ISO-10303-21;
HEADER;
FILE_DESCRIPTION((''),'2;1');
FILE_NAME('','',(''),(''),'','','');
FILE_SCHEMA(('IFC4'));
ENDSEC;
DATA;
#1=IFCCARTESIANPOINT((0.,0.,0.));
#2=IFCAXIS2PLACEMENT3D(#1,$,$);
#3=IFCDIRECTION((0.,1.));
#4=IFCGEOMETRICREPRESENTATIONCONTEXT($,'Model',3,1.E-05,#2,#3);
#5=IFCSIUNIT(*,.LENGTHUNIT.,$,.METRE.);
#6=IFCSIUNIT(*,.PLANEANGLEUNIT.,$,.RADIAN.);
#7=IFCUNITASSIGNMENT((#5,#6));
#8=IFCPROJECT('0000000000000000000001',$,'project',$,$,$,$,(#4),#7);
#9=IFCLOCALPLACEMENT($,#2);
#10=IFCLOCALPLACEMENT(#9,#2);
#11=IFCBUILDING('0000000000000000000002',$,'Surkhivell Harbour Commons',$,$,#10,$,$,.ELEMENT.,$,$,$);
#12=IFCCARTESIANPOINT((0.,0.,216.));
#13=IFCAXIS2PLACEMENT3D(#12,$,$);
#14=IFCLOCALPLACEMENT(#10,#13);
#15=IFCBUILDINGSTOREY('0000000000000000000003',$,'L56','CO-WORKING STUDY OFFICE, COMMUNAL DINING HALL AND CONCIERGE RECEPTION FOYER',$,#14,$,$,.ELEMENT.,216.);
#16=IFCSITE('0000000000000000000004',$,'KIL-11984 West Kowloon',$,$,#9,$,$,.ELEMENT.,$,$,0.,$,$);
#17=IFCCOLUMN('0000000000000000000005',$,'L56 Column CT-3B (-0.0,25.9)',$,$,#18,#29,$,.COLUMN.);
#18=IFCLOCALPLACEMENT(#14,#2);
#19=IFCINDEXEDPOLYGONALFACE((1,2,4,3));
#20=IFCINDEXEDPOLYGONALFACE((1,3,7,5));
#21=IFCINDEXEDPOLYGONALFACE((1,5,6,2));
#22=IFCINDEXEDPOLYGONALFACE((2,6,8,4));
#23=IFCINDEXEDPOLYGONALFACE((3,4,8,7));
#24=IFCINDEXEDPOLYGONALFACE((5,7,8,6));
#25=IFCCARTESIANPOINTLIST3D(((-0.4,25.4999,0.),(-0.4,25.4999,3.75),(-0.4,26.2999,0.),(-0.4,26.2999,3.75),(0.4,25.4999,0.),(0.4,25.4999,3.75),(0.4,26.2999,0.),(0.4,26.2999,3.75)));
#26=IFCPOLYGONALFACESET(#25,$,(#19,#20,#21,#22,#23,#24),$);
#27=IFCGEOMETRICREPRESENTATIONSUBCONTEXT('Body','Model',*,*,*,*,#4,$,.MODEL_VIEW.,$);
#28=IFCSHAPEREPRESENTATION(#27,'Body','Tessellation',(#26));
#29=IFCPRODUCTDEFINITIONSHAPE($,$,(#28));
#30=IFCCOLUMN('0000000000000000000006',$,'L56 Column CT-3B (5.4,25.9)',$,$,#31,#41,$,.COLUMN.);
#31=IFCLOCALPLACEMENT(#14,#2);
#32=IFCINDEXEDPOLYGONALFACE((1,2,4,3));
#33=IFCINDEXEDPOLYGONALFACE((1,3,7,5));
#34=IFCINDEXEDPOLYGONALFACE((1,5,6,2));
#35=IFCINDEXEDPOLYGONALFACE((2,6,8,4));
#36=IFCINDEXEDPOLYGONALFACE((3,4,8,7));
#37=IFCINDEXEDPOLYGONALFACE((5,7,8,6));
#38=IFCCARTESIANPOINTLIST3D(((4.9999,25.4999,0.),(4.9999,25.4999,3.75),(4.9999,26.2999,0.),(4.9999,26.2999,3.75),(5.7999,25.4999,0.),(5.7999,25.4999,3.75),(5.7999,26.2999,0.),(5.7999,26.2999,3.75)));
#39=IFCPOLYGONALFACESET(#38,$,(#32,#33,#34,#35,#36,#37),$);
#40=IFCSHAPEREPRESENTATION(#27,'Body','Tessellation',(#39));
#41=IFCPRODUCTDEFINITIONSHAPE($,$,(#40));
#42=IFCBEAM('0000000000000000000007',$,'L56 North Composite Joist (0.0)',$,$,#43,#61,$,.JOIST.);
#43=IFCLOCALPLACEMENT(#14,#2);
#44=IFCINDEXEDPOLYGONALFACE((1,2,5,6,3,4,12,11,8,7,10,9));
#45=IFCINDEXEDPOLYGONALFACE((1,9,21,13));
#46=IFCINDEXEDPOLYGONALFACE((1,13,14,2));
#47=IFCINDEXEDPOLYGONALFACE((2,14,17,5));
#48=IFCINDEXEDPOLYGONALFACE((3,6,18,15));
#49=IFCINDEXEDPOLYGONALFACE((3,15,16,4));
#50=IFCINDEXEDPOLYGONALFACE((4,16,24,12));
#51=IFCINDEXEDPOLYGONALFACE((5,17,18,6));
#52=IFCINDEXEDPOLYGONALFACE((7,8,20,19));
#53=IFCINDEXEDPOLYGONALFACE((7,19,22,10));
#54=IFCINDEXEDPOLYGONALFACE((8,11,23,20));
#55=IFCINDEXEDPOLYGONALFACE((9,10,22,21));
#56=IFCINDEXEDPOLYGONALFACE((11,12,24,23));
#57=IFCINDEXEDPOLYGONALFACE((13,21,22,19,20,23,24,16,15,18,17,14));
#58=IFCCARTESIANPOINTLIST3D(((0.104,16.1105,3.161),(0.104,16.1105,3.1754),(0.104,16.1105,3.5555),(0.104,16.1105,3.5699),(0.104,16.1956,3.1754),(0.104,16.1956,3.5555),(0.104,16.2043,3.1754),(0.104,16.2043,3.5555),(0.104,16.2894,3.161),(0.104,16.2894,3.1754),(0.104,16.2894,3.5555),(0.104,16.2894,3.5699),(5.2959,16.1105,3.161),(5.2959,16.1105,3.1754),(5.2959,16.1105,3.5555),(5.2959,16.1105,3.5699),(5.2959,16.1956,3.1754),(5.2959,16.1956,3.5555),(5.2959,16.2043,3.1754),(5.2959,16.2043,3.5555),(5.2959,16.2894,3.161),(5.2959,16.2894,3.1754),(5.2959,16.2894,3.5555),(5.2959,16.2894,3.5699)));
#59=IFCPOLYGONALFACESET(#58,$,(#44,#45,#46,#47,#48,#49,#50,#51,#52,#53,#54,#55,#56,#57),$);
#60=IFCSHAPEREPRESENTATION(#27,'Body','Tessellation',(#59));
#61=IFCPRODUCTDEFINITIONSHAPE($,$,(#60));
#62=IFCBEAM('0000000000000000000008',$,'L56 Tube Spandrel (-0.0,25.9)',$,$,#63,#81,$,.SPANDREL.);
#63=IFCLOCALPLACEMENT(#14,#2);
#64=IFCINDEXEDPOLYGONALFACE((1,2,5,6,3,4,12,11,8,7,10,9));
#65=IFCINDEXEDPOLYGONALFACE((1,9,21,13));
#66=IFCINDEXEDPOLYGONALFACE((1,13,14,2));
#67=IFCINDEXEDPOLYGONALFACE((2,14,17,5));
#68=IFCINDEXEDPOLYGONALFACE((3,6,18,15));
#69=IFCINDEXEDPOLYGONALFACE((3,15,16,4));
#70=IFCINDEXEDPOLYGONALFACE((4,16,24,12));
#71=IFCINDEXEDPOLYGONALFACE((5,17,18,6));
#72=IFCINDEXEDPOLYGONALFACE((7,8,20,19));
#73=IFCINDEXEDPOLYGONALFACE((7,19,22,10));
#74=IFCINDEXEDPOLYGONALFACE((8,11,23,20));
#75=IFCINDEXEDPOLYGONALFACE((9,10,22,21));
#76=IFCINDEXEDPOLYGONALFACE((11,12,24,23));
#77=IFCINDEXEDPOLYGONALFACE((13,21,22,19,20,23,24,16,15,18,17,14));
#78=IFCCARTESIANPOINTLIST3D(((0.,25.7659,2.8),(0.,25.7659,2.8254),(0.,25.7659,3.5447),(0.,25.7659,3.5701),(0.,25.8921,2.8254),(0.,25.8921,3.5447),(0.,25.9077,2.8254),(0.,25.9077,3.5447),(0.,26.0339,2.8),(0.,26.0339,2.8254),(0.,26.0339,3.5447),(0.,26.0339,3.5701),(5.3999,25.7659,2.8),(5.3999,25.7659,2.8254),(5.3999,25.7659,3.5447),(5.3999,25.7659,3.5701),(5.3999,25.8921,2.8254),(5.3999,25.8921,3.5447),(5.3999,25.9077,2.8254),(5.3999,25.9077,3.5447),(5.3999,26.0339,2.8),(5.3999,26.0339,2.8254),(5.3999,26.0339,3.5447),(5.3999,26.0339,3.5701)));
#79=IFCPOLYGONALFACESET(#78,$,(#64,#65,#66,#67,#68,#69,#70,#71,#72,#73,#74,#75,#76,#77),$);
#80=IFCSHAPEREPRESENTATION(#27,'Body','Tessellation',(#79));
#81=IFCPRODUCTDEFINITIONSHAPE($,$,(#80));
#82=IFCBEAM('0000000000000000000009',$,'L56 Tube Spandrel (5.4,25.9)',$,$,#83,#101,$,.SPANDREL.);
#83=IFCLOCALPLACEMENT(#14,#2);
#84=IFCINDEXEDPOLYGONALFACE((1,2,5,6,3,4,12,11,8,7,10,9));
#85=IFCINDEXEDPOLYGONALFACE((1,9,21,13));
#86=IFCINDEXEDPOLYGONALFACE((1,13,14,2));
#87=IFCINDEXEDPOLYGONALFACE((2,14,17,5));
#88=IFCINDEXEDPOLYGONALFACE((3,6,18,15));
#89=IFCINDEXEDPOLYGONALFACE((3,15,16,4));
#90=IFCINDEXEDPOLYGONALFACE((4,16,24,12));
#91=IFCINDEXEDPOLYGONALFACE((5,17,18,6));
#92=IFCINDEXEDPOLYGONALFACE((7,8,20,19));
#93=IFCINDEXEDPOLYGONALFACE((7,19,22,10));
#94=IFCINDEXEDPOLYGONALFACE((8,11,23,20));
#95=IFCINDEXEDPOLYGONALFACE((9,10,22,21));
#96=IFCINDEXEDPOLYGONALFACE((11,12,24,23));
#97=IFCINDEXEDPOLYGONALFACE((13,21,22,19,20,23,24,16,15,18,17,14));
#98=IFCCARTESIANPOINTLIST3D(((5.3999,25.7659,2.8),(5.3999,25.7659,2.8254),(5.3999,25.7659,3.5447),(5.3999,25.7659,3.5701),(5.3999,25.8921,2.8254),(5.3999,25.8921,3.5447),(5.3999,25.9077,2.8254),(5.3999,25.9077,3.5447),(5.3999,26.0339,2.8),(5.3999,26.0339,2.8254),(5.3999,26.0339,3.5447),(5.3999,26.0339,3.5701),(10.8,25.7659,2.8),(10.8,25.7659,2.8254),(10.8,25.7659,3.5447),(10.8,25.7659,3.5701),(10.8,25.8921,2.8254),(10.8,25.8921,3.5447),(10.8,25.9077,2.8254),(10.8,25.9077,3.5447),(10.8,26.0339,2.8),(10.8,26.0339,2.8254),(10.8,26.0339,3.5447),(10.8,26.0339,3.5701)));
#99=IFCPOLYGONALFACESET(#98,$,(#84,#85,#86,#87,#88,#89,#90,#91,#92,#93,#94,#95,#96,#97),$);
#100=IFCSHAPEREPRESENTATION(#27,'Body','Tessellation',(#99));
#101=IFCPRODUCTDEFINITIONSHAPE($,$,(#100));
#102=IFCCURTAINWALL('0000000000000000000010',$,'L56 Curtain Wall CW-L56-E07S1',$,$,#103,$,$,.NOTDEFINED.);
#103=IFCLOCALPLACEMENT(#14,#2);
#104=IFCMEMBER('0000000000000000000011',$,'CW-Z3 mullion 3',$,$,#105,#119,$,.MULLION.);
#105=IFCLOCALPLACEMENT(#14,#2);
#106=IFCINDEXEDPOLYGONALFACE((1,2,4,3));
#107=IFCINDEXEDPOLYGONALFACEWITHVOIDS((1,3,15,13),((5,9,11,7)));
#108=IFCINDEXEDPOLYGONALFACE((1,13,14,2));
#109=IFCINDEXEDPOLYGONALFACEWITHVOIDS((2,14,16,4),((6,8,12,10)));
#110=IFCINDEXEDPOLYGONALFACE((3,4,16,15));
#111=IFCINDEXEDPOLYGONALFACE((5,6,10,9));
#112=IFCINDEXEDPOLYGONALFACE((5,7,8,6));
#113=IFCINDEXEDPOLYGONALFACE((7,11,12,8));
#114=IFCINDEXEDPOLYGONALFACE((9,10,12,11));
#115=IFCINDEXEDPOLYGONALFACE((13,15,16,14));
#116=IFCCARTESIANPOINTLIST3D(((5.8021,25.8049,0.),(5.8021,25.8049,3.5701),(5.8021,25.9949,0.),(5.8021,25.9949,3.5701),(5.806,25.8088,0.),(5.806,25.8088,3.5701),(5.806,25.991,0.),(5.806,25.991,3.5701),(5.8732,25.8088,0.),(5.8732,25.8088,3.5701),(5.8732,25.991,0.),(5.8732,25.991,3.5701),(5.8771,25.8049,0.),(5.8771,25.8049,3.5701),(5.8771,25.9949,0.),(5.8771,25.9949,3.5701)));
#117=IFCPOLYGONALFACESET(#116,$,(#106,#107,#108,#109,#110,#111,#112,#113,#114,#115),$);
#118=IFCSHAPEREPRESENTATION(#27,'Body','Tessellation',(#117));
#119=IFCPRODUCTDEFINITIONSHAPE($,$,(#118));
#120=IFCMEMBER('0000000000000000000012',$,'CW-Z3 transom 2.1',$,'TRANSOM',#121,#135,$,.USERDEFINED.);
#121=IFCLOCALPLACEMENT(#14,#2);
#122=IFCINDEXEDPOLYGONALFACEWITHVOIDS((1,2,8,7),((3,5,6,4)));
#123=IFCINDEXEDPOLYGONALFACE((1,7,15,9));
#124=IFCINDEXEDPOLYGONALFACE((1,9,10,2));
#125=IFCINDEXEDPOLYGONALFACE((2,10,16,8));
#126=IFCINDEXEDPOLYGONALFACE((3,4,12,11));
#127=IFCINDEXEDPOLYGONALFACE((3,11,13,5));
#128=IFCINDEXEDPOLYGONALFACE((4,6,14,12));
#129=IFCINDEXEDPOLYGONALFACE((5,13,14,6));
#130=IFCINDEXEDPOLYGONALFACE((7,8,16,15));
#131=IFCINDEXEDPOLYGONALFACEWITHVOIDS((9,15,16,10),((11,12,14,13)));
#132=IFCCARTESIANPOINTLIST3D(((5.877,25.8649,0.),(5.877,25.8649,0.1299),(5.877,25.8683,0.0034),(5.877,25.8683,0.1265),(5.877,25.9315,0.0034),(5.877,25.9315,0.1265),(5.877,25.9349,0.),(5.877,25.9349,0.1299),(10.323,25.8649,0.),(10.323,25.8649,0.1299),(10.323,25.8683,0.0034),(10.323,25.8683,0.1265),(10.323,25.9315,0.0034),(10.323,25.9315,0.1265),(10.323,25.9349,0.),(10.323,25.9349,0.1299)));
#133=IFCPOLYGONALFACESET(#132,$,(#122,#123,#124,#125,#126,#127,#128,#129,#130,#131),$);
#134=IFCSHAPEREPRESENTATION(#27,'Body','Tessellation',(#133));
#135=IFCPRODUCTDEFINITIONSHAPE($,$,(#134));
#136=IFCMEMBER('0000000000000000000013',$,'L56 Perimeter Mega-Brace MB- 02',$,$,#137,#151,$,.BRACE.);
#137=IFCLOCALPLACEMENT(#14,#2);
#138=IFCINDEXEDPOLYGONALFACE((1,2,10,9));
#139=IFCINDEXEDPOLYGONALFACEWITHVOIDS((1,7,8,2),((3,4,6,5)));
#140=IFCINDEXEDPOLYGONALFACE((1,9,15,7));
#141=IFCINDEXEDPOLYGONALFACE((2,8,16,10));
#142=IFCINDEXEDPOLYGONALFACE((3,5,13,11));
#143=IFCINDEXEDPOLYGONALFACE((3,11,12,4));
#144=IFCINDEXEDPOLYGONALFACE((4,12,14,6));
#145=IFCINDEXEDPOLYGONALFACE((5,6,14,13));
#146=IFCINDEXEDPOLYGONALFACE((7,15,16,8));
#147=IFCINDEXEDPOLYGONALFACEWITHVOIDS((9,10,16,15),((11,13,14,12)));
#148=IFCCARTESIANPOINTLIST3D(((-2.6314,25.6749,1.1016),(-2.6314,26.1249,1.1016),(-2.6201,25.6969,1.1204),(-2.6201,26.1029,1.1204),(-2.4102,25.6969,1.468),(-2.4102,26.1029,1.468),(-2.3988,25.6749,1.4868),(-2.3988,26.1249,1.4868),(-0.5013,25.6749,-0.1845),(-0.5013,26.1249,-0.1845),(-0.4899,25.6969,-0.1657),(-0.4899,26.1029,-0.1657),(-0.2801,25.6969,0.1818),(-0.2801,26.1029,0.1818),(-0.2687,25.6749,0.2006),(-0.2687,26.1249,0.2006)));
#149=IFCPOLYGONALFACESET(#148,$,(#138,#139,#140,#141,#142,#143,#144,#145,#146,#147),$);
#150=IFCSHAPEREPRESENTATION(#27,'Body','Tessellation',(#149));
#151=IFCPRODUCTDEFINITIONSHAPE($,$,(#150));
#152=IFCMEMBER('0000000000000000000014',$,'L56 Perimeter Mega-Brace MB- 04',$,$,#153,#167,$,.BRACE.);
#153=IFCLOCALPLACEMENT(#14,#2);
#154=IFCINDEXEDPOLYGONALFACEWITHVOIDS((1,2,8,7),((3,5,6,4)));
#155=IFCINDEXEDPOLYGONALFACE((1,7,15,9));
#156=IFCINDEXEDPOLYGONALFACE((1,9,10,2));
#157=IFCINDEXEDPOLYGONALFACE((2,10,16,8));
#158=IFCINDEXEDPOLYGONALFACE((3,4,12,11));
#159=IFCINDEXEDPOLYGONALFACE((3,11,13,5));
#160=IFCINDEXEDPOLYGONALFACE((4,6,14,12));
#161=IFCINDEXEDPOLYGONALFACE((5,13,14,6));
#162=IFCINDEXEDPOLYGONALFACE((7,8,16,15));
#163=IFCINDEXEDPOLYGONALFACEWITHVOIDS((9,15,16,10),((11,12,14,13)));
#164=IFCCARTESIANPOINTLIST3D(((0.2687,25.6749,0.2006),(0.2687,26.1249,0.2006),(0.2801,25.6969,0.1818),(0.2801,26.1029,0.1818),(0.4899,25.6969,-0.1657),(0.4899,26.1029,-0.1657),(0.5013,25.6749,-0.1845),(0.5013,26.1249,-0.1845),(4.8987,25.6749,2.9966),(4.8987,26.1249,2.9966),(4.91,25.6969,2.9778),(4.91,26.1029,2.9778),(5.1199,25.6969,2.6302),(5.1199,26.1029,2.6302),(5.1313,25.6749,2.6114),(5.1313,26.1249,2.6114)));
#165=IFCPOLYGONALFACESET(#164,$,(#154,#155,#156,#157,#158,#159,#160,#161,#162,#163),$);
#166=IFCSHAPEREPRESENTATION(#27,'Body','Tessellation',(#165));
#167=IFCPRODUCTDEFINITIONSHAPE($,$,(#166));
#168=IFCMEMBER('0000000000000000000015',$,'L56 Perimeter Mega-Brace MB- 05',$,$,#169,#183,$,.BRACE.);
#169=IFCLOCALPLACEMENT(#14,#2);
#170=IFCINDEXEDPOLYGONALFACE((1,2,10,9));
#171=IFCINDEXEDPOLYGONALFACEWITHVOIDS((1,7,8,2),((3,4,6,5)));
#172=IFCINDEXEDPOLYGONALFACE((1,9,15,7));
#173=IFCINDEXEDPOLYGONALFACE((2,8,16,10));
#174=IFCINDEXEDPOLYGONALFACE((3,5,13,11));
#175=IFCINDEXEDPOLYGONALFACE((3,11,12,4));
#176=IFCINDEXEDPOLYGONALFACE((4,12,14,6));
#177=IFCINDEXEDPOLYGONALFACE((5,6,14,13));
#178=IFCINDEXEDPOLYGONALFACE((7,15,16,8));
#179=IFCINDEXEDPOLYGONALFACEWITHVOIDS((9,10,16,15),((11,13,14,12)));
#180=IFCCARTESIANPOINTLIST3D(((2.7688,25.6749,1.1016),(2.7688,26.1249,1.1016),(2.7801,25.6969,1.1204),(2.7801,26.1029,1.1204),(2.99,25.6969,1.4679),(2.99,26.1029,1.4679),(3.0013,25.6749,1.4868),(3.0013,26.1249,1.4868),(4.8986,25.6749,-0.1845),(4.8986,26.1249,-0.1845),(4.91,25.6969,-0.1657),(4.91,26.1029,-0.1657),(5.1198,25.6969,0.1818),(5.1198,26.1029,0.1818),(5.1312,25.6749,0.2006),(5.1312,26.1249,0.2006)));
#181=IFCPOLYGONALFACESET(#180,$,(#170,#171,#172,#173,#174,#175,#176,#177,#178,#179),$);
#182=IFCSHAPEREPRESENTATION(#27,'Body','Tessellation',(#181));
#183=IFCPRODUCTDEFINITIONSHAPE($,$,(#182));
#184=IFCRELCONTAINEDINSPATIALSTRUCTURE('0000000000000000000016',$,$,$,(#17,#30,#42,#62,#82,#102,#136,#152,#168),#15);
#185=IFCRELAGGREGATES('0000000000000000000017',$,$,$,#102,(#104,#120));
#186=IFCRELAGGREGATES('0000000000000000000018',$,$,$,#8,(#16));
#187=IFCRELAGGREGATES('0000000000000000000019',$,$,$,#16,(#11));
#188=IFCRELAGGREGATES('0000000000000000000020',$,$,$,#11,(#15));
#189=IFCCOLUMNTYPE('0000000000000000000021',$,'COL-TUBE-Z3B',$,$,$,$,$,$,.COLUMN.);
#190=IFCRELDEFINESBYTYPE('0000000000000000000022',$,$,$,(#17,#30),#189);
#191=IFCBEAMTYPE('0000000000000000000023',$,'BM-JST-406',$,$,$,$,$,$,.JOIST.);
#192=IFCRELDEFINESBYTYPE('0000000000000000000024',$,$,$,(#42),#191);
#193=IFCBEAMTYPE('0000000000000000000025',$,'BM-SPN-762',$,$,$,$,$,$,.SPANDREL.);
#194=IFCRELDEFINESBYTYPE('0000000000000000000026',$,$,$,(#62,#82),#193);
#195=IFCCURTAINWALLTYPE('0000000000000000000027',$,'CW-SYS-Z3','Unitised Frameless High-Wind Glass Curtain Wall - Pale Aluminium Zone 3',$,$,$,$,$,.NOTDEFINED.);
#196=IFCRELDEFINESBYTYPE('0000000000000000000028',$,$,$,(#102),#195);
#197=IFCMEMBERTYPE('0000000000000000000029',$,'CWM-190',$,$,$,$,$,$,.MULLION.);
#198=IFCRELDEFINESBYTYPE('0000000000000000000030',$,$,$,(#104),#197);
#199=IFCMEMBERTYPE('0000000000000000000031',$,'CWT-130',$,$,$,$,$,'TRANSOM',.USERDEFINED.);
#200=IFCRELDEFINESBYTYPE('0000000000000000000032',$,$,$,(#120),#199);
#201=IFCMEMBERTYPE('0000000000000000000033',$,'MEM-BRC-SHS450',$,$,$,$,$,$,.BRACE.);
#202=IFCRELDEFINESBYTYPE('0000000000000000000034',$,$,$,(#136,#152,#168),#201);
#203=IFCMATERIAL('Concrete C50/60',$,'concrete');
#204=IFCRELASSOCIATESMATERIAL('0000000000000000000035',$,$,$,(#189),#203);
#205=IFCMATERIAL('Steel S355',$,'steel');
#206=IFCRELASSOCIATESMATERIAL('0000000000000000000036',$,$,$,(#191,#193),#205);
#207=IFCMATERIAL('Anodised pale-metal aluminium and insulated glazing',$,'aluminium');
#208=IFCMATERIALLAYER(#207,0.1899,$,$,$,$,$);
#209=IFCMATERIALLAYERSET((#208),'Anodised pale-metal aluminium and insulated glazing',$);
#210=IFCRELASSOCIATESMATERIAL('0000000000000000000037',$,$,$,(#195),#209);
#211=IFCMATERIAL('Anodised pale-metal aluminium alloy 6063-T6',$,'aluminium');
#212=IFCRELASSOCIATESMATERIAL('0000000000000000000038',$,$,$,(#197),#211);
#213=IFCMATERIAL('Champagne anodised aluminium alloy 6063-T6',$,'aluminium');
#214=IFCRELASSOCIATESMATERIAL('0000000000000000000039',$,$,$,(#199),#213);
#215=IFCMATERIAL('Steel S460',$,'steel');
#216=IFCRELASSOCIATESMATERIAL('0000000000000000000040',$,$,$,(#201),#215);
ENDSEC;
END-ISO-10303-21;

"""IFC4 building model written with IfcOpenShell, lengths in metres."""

from ifc_helpers import new_model, si_unit, direction, frame, origin, origin_2d, place, context, subcontext, project, spatial, rectangle, hollow_rectangle, i_section, extrude, material, layer, layer_set, material_profile, profile_set, type_object, element, aggregate, save


model = new_model("IFC4")

# Units and contexts
model_context = context("Model", 3, precision=1e-05, world=origin(), true_north=direction((0.0, 1.0)))
body_context = subcontext(model_context, "Body", "Model", "MODEL_VIEW")
ifc_project = project(units=[si_unit("LENGTHUNIT", "METRE"), si_unit("PLANEANGLEUNIT", "RADIAN")], contexts=[model_context])

# Site, building, storey
site_placement = place(None, origin())
site = spatial("IfcSite", under=ifc_project, at=site_placement, Name="KIL-11984 West Kowloon", CompositionType="ELEMENT", RefElevation=0.0)
building_placement = place(site_placement, origin())
building = spatial("IfcBuilding", under=site, at=building_placement, Name="Surkhivell Harbour Commons", CompositionType="ELEMENT")
storey_placement = place(building_placement, frame((0.0, 0.0, 216.0)))
storey = spatial("IfcBuildingStorey", under=building, at=storey_placement, Name="L56", Description="CO-WORKING STUDY OFFICE, COMMUNAL DINING HALL AND CONCIERGE RECEPTION FOYER", CompositionType="ELEMENT", Elevation=216.0)

# Columns
ifc_material_1 = material(Name="Concrete C50/60", Category="concrete")
ifc_material_profile_1 = material_profile(ifc_material_1, rectangle(XDim=0.8, YDim=0.8, at=origin_2d()), Name="RC-COL-800x800")
ifc_profile_set_1 = profile_set([ifc_material_profile_1], Name="Concrete C50/60")
column_type = type_object("IfcColumnType", Name="COL-TUBE-Z3B", PredefinedType="COLUMN", material=ifc_profile_set_1)
for number, where, z_axis, x_axis, name in (
    (1, (0.0, 25.8999, 0.0), (0.0, 0.0, 1.0), (1.0, 0.0, 0.0), "L56 Column CT-3B (-0.0,25.9)"),
    (2, (5.3999, 25.8999, 0.0), (0.0, 0.0, 1.0), (1.0, 0.0, 0.0), "L56 Column CT-3B (5.4,25.9)"),
):
    element("IfcColumn", number, at=place(storey_placement, frame(where, z_axis=z_axis, x_axis=x_axis)), inside=storey, type_object=column_type, Name=name, PredefinedType="COLUMN", context=body_context, shape_type="SweptSolid", body=[
        extrude(rectangle(XDim=0.8, YDim=0.8, at=origin_2d()), origin(), (0.0, 0.0, 1.0), 3.75),
    ])

# Beams
ifc_material_2 = material(Name="Steel S355", Category="steel")
ifc_material_profile_2 = material_profile(ifc_material_2, i_section(OverallWidth=0.179, OverallDepth=0.4089, WebThickness=0.0088, FlangeThickness=0.0144, at=origin_2d()), Name="UB406x178x67")
ifc_profile_set_2 = profile_set([ifc_material_profile_2], Name="Steel S355")
beam_type_1 = type_object("IfcBeamType", Name="BM-JST-406", PredefinedType="JOIST", material=ifc_profile_set_2)
beam_1_placement = place(storey_placement, frame((0.104, 16.2, 3.3655), z_axis=(1.0, 0.0, 0.0), x_axis=(0.0, 1.0, 0.0)))
element("IfcBeam", 3, at=beam_1_placement, inside=storey, type_object=beam_type_1, Name="L56 North Composite Joist (0.0)", PredefinedType="JOIST", context=body_context, shape_type="SweptSolid", body=[
    extrude(i_section(OverallWidth=0.179, OverallDepth=0.4089, WebThickness=0.0088, FlangeThickness=0.0144, at=origin_2d()), origin(), (0.0, 0.0, 1.0), 5.1919),
])
ifc_material_profile_3 = material_profile(ifc_material_2, i_section(OverallWidth=0.2681, OverallDepth=0.77, WebThickness=0.0156, FlangeThickness=0.0254, at=origin_2d()), Name="UB762x267x197")
ifc_profile_set_3 = profile_set([ifc_material_profile_3], Name="Steel S355")
beam_type_2 = type_object("IfcBeamType", Name="BM-SPN-762", PredefinedType="SPANDREL", material=ifc_profile_set_3)
beam_2_placement = place(storey_placement, frame((0.0, 25.8999, 3.1851), z_axis=(1.0, 0.0, 0.0), x_axis=(0.0, 1.0, 0.0)))
element("IfcBeam", 4, at=beam_2_placement, inside=storey, type_object=beam_type_2, Name="L56 Tube Spandrel (-0.0,25.9)", PredefinedType="SPANDREL", context=body_context, shape_type="SweptSolid", body=[
    extrude(i_section(OverallWidth=0.2681, OverallDepth=0.77, WebThickness=0.0156, FlangeThickness=0.0254, at=origin_2d()), origin(), (0.0, 0.0, 1.0), 5.3999),
])
beam_3_placement = place(storey_placement, frame((5.3999, 25.8999, 3.1851), z_axis=(1.0, 0.0, 0.0), x_axis=(0.0, 1.0, 0.0)))
element("IfcBeam", 5, at=beam_3_placement, inside=storey, type_object=beam_type_2, Name="L56 Tube Spandrel (5.4,25.9)", PredefinedType="SPANDREL", context=body_context, shape_type="SweptSolid", body=[
    extrude(i_section(OverallWidth=0.2681, OverallDepth=0.77, WebThickness=0.0156, FlangeThickness=0.0254, at=origin_2d()), origin(), (0.0, 0.0, 1.0), 5.4001),
])

# Curtain wall, members
ifc_material_3 = material(Name="Anodised pale-metal aluminium and insulated glazing", Category="aluminium")
ifc_layer_1 = layer(ifc_material_3, 0.1899)
ifc_layer_set_1 = layer_set([ifc_layer_1], Name="Anodised pale-metal aluminium and insulated glazing")
curtain_wall_type = type_object("IfcCurtainWallType", Name="CW-SYS-Z3", Description="Unitised Frameless High-Wind Glass Curtain Wall - Pale Aluminium Zone 3", PredefinedType="NOTDEFINED", material=ifc_layer_set_1)
curtain_wall_placement = place(storey_placement, origin())
curtain_wall = element("IfcCurtainWall", 6, at=curtain_wall_placement, inside=storey, type_object=curtain_wall_type, Name="L56 Curtain Wall CW-L56-E07S1", PredefinedType="NOTDEFINED")
ifc_material_4 = material(Name="Anodised pale-metal aluminium alloy 6063-T6", Category="aluminium")
ifc_material_profile_4 = material_profile(ifc_material_4, hollow_rectangle(XDim=0.075, YDim=0.1899, WallThickness=0.0039, at=origin_2d()), Name="ALU-MULL-75x190")
ifc_profile_set_4 = profile_set([ifc_material_profile_4], Name="Anodised pale-metal aluminium alloy 6063-T6")
member_type_1 = type_object("IfcMemberType", Name="CWM-190", PredefinedType="MULLION", material=ifc_profile_set_4)
member_1_placement = place(storey_placement, frame((5.8396, 25.8999, 0.0), z_axis=(0.0, 0.0, 1.0), x_axis=(-1.0, 0.0, 0.0)))
member_1 = element("IfcMember", 7, at=member_1_placement, type_object=member_type_1, Name="CW-Z3 mullion 3", PredefinedType="MULLION", context=body_context, shape_type="SweptSolid", body=[
    extrude(hollow_rectangle(XDim=0.075, YDim=0.1899, WallThickness=0.0039, at=origin_2d()), origin(), (0.0, 0.0, 1.0), 3.5701),
])
ifc_material_5 = material(Name="Champagne anodised aluminium alloy 6063-T6", Category="aluminium")
ifc_material_profile_5 = material_profile(ifc_material_5, hollow_rectangle(XDim=0.0701, YDim=0.1299, WallThickness=0.0034, at=origin_2d()), Name="ALU-TRAN-70x130")
ifc_profile_set_5 = profile_set([ifc_material_profile_5], Name="Champagne anodised aluminium alloy 6063-T6")
member_type_2 = type_object("IfcMemberType", Name="CWT-130", ElementType="TRANSOM", PredefinedType="USERDEFINED", material=ifc_profile_set_5)
member_2_placement = place(storey_placement, frame((10.323, 25.8999, 0.0649), z_axis=(-1.0, 0.0, 0.0), x_axis=(0.0, -1.0, 0.0)))
member_2 = element("IfcMember", 8, at=member_2_placement, type_object=member_type_2, Name="CW-Z3 transom 2.1", ObjectType="TRANSOM", PredefinedType="USERDEFINED", context=body_context, shape_type="SweptSolid", body=[
    extrude(hollow_rectangle(XDim=0.0701, YDim=0.1299, WallThickness=0.0034, at=origin_2d()), origin(), (0.0, 0.0, 1.0), 4.446),
])

# Members
ifc_material_6 = material(Name="Steel S460", Category="steel")
ifc_material_profile_6 = material_profile(ifc_material_6, hollow_rectangle(XDim=0.45, YDim=0.45, WallThickness=0.022, at=origin_2d()), Name="SHS450x450x22")
ifc_profile_set_6 = profile_set([ifc_material_profile_6], Name="Steel S460")
member_type_3 = type_object("IfcMemberType", Name="MEM-BRC-SHS450", PredefinedType="BRACE", material=ifc_profile_set_6)
member_3_placement = place(storey_placement, frame((-0.385, 25.8999, 0.0081), z_axis=(-0.856061, 0.0, 0.516875), x_axis=(0.0, -1.0, 0.0)))
element("IfcMember", 9, at=member_3_placement, inside=storey, type_object=member_type_3, Name="L56 Perimeter Mega-Brace MB- 02", PredefinedType="BRACE", context=body_context, shape_type="SweptSolid", body=[
    extrude(hollow_rectangle(XDim=0.45, YDim=0.45, WallThickness=0.022, at=origin_2d()), origin(), (0.0, 0.0, 1.0), 2.4883),
])
member_4_placement = place(storey_placement, frame((0.385, 25.8999, 0.0081), z_axis=(0.856024, 0.0, 0.516937), x_axis=(0.0, 1.0, 0.0)))
element("IfcMember", 10, at=member_4_placement, inside=storey, type_object=member_type_3, Name="L56 Perimeter Mega-Brace MB- 04", PredefinedType="BRACE", context=body_context, shape_type="SweptSolid", body=[
    extrude(hollow_rectangle(XDim=0.45, YDim=0.45, WallThickness=0.022, at=origin_2d()), origin(), (0.0, 0.0, 1.0), 5.4087),
])
member_5_placement = place(storey_placement, frame((5.0149, 25.8999, 0.0081), z_axis=(-0.856035, 0.0, 0.516918), x_axis=(0.0, -1.0, 0.0)))
element("IfcMember", 11, at=member_5_placement, inside=storey, type_object=member_type_3, Name="L56 Perimeter Mega-Brace MB- 05", PredefinedType="BRACE", context=body_context, shape_type="SweptSolid", body=[
    extrude(hollow_rectangle(XDim=0.45, YDim=0.45, WallThickness=0.022, at=origin_2d()), origin(), (0.0, 0.0, 1.0), 2.488),
])

aggregate(curtain_wall, [member_1, member_2])

save(model, "model.ifc")
